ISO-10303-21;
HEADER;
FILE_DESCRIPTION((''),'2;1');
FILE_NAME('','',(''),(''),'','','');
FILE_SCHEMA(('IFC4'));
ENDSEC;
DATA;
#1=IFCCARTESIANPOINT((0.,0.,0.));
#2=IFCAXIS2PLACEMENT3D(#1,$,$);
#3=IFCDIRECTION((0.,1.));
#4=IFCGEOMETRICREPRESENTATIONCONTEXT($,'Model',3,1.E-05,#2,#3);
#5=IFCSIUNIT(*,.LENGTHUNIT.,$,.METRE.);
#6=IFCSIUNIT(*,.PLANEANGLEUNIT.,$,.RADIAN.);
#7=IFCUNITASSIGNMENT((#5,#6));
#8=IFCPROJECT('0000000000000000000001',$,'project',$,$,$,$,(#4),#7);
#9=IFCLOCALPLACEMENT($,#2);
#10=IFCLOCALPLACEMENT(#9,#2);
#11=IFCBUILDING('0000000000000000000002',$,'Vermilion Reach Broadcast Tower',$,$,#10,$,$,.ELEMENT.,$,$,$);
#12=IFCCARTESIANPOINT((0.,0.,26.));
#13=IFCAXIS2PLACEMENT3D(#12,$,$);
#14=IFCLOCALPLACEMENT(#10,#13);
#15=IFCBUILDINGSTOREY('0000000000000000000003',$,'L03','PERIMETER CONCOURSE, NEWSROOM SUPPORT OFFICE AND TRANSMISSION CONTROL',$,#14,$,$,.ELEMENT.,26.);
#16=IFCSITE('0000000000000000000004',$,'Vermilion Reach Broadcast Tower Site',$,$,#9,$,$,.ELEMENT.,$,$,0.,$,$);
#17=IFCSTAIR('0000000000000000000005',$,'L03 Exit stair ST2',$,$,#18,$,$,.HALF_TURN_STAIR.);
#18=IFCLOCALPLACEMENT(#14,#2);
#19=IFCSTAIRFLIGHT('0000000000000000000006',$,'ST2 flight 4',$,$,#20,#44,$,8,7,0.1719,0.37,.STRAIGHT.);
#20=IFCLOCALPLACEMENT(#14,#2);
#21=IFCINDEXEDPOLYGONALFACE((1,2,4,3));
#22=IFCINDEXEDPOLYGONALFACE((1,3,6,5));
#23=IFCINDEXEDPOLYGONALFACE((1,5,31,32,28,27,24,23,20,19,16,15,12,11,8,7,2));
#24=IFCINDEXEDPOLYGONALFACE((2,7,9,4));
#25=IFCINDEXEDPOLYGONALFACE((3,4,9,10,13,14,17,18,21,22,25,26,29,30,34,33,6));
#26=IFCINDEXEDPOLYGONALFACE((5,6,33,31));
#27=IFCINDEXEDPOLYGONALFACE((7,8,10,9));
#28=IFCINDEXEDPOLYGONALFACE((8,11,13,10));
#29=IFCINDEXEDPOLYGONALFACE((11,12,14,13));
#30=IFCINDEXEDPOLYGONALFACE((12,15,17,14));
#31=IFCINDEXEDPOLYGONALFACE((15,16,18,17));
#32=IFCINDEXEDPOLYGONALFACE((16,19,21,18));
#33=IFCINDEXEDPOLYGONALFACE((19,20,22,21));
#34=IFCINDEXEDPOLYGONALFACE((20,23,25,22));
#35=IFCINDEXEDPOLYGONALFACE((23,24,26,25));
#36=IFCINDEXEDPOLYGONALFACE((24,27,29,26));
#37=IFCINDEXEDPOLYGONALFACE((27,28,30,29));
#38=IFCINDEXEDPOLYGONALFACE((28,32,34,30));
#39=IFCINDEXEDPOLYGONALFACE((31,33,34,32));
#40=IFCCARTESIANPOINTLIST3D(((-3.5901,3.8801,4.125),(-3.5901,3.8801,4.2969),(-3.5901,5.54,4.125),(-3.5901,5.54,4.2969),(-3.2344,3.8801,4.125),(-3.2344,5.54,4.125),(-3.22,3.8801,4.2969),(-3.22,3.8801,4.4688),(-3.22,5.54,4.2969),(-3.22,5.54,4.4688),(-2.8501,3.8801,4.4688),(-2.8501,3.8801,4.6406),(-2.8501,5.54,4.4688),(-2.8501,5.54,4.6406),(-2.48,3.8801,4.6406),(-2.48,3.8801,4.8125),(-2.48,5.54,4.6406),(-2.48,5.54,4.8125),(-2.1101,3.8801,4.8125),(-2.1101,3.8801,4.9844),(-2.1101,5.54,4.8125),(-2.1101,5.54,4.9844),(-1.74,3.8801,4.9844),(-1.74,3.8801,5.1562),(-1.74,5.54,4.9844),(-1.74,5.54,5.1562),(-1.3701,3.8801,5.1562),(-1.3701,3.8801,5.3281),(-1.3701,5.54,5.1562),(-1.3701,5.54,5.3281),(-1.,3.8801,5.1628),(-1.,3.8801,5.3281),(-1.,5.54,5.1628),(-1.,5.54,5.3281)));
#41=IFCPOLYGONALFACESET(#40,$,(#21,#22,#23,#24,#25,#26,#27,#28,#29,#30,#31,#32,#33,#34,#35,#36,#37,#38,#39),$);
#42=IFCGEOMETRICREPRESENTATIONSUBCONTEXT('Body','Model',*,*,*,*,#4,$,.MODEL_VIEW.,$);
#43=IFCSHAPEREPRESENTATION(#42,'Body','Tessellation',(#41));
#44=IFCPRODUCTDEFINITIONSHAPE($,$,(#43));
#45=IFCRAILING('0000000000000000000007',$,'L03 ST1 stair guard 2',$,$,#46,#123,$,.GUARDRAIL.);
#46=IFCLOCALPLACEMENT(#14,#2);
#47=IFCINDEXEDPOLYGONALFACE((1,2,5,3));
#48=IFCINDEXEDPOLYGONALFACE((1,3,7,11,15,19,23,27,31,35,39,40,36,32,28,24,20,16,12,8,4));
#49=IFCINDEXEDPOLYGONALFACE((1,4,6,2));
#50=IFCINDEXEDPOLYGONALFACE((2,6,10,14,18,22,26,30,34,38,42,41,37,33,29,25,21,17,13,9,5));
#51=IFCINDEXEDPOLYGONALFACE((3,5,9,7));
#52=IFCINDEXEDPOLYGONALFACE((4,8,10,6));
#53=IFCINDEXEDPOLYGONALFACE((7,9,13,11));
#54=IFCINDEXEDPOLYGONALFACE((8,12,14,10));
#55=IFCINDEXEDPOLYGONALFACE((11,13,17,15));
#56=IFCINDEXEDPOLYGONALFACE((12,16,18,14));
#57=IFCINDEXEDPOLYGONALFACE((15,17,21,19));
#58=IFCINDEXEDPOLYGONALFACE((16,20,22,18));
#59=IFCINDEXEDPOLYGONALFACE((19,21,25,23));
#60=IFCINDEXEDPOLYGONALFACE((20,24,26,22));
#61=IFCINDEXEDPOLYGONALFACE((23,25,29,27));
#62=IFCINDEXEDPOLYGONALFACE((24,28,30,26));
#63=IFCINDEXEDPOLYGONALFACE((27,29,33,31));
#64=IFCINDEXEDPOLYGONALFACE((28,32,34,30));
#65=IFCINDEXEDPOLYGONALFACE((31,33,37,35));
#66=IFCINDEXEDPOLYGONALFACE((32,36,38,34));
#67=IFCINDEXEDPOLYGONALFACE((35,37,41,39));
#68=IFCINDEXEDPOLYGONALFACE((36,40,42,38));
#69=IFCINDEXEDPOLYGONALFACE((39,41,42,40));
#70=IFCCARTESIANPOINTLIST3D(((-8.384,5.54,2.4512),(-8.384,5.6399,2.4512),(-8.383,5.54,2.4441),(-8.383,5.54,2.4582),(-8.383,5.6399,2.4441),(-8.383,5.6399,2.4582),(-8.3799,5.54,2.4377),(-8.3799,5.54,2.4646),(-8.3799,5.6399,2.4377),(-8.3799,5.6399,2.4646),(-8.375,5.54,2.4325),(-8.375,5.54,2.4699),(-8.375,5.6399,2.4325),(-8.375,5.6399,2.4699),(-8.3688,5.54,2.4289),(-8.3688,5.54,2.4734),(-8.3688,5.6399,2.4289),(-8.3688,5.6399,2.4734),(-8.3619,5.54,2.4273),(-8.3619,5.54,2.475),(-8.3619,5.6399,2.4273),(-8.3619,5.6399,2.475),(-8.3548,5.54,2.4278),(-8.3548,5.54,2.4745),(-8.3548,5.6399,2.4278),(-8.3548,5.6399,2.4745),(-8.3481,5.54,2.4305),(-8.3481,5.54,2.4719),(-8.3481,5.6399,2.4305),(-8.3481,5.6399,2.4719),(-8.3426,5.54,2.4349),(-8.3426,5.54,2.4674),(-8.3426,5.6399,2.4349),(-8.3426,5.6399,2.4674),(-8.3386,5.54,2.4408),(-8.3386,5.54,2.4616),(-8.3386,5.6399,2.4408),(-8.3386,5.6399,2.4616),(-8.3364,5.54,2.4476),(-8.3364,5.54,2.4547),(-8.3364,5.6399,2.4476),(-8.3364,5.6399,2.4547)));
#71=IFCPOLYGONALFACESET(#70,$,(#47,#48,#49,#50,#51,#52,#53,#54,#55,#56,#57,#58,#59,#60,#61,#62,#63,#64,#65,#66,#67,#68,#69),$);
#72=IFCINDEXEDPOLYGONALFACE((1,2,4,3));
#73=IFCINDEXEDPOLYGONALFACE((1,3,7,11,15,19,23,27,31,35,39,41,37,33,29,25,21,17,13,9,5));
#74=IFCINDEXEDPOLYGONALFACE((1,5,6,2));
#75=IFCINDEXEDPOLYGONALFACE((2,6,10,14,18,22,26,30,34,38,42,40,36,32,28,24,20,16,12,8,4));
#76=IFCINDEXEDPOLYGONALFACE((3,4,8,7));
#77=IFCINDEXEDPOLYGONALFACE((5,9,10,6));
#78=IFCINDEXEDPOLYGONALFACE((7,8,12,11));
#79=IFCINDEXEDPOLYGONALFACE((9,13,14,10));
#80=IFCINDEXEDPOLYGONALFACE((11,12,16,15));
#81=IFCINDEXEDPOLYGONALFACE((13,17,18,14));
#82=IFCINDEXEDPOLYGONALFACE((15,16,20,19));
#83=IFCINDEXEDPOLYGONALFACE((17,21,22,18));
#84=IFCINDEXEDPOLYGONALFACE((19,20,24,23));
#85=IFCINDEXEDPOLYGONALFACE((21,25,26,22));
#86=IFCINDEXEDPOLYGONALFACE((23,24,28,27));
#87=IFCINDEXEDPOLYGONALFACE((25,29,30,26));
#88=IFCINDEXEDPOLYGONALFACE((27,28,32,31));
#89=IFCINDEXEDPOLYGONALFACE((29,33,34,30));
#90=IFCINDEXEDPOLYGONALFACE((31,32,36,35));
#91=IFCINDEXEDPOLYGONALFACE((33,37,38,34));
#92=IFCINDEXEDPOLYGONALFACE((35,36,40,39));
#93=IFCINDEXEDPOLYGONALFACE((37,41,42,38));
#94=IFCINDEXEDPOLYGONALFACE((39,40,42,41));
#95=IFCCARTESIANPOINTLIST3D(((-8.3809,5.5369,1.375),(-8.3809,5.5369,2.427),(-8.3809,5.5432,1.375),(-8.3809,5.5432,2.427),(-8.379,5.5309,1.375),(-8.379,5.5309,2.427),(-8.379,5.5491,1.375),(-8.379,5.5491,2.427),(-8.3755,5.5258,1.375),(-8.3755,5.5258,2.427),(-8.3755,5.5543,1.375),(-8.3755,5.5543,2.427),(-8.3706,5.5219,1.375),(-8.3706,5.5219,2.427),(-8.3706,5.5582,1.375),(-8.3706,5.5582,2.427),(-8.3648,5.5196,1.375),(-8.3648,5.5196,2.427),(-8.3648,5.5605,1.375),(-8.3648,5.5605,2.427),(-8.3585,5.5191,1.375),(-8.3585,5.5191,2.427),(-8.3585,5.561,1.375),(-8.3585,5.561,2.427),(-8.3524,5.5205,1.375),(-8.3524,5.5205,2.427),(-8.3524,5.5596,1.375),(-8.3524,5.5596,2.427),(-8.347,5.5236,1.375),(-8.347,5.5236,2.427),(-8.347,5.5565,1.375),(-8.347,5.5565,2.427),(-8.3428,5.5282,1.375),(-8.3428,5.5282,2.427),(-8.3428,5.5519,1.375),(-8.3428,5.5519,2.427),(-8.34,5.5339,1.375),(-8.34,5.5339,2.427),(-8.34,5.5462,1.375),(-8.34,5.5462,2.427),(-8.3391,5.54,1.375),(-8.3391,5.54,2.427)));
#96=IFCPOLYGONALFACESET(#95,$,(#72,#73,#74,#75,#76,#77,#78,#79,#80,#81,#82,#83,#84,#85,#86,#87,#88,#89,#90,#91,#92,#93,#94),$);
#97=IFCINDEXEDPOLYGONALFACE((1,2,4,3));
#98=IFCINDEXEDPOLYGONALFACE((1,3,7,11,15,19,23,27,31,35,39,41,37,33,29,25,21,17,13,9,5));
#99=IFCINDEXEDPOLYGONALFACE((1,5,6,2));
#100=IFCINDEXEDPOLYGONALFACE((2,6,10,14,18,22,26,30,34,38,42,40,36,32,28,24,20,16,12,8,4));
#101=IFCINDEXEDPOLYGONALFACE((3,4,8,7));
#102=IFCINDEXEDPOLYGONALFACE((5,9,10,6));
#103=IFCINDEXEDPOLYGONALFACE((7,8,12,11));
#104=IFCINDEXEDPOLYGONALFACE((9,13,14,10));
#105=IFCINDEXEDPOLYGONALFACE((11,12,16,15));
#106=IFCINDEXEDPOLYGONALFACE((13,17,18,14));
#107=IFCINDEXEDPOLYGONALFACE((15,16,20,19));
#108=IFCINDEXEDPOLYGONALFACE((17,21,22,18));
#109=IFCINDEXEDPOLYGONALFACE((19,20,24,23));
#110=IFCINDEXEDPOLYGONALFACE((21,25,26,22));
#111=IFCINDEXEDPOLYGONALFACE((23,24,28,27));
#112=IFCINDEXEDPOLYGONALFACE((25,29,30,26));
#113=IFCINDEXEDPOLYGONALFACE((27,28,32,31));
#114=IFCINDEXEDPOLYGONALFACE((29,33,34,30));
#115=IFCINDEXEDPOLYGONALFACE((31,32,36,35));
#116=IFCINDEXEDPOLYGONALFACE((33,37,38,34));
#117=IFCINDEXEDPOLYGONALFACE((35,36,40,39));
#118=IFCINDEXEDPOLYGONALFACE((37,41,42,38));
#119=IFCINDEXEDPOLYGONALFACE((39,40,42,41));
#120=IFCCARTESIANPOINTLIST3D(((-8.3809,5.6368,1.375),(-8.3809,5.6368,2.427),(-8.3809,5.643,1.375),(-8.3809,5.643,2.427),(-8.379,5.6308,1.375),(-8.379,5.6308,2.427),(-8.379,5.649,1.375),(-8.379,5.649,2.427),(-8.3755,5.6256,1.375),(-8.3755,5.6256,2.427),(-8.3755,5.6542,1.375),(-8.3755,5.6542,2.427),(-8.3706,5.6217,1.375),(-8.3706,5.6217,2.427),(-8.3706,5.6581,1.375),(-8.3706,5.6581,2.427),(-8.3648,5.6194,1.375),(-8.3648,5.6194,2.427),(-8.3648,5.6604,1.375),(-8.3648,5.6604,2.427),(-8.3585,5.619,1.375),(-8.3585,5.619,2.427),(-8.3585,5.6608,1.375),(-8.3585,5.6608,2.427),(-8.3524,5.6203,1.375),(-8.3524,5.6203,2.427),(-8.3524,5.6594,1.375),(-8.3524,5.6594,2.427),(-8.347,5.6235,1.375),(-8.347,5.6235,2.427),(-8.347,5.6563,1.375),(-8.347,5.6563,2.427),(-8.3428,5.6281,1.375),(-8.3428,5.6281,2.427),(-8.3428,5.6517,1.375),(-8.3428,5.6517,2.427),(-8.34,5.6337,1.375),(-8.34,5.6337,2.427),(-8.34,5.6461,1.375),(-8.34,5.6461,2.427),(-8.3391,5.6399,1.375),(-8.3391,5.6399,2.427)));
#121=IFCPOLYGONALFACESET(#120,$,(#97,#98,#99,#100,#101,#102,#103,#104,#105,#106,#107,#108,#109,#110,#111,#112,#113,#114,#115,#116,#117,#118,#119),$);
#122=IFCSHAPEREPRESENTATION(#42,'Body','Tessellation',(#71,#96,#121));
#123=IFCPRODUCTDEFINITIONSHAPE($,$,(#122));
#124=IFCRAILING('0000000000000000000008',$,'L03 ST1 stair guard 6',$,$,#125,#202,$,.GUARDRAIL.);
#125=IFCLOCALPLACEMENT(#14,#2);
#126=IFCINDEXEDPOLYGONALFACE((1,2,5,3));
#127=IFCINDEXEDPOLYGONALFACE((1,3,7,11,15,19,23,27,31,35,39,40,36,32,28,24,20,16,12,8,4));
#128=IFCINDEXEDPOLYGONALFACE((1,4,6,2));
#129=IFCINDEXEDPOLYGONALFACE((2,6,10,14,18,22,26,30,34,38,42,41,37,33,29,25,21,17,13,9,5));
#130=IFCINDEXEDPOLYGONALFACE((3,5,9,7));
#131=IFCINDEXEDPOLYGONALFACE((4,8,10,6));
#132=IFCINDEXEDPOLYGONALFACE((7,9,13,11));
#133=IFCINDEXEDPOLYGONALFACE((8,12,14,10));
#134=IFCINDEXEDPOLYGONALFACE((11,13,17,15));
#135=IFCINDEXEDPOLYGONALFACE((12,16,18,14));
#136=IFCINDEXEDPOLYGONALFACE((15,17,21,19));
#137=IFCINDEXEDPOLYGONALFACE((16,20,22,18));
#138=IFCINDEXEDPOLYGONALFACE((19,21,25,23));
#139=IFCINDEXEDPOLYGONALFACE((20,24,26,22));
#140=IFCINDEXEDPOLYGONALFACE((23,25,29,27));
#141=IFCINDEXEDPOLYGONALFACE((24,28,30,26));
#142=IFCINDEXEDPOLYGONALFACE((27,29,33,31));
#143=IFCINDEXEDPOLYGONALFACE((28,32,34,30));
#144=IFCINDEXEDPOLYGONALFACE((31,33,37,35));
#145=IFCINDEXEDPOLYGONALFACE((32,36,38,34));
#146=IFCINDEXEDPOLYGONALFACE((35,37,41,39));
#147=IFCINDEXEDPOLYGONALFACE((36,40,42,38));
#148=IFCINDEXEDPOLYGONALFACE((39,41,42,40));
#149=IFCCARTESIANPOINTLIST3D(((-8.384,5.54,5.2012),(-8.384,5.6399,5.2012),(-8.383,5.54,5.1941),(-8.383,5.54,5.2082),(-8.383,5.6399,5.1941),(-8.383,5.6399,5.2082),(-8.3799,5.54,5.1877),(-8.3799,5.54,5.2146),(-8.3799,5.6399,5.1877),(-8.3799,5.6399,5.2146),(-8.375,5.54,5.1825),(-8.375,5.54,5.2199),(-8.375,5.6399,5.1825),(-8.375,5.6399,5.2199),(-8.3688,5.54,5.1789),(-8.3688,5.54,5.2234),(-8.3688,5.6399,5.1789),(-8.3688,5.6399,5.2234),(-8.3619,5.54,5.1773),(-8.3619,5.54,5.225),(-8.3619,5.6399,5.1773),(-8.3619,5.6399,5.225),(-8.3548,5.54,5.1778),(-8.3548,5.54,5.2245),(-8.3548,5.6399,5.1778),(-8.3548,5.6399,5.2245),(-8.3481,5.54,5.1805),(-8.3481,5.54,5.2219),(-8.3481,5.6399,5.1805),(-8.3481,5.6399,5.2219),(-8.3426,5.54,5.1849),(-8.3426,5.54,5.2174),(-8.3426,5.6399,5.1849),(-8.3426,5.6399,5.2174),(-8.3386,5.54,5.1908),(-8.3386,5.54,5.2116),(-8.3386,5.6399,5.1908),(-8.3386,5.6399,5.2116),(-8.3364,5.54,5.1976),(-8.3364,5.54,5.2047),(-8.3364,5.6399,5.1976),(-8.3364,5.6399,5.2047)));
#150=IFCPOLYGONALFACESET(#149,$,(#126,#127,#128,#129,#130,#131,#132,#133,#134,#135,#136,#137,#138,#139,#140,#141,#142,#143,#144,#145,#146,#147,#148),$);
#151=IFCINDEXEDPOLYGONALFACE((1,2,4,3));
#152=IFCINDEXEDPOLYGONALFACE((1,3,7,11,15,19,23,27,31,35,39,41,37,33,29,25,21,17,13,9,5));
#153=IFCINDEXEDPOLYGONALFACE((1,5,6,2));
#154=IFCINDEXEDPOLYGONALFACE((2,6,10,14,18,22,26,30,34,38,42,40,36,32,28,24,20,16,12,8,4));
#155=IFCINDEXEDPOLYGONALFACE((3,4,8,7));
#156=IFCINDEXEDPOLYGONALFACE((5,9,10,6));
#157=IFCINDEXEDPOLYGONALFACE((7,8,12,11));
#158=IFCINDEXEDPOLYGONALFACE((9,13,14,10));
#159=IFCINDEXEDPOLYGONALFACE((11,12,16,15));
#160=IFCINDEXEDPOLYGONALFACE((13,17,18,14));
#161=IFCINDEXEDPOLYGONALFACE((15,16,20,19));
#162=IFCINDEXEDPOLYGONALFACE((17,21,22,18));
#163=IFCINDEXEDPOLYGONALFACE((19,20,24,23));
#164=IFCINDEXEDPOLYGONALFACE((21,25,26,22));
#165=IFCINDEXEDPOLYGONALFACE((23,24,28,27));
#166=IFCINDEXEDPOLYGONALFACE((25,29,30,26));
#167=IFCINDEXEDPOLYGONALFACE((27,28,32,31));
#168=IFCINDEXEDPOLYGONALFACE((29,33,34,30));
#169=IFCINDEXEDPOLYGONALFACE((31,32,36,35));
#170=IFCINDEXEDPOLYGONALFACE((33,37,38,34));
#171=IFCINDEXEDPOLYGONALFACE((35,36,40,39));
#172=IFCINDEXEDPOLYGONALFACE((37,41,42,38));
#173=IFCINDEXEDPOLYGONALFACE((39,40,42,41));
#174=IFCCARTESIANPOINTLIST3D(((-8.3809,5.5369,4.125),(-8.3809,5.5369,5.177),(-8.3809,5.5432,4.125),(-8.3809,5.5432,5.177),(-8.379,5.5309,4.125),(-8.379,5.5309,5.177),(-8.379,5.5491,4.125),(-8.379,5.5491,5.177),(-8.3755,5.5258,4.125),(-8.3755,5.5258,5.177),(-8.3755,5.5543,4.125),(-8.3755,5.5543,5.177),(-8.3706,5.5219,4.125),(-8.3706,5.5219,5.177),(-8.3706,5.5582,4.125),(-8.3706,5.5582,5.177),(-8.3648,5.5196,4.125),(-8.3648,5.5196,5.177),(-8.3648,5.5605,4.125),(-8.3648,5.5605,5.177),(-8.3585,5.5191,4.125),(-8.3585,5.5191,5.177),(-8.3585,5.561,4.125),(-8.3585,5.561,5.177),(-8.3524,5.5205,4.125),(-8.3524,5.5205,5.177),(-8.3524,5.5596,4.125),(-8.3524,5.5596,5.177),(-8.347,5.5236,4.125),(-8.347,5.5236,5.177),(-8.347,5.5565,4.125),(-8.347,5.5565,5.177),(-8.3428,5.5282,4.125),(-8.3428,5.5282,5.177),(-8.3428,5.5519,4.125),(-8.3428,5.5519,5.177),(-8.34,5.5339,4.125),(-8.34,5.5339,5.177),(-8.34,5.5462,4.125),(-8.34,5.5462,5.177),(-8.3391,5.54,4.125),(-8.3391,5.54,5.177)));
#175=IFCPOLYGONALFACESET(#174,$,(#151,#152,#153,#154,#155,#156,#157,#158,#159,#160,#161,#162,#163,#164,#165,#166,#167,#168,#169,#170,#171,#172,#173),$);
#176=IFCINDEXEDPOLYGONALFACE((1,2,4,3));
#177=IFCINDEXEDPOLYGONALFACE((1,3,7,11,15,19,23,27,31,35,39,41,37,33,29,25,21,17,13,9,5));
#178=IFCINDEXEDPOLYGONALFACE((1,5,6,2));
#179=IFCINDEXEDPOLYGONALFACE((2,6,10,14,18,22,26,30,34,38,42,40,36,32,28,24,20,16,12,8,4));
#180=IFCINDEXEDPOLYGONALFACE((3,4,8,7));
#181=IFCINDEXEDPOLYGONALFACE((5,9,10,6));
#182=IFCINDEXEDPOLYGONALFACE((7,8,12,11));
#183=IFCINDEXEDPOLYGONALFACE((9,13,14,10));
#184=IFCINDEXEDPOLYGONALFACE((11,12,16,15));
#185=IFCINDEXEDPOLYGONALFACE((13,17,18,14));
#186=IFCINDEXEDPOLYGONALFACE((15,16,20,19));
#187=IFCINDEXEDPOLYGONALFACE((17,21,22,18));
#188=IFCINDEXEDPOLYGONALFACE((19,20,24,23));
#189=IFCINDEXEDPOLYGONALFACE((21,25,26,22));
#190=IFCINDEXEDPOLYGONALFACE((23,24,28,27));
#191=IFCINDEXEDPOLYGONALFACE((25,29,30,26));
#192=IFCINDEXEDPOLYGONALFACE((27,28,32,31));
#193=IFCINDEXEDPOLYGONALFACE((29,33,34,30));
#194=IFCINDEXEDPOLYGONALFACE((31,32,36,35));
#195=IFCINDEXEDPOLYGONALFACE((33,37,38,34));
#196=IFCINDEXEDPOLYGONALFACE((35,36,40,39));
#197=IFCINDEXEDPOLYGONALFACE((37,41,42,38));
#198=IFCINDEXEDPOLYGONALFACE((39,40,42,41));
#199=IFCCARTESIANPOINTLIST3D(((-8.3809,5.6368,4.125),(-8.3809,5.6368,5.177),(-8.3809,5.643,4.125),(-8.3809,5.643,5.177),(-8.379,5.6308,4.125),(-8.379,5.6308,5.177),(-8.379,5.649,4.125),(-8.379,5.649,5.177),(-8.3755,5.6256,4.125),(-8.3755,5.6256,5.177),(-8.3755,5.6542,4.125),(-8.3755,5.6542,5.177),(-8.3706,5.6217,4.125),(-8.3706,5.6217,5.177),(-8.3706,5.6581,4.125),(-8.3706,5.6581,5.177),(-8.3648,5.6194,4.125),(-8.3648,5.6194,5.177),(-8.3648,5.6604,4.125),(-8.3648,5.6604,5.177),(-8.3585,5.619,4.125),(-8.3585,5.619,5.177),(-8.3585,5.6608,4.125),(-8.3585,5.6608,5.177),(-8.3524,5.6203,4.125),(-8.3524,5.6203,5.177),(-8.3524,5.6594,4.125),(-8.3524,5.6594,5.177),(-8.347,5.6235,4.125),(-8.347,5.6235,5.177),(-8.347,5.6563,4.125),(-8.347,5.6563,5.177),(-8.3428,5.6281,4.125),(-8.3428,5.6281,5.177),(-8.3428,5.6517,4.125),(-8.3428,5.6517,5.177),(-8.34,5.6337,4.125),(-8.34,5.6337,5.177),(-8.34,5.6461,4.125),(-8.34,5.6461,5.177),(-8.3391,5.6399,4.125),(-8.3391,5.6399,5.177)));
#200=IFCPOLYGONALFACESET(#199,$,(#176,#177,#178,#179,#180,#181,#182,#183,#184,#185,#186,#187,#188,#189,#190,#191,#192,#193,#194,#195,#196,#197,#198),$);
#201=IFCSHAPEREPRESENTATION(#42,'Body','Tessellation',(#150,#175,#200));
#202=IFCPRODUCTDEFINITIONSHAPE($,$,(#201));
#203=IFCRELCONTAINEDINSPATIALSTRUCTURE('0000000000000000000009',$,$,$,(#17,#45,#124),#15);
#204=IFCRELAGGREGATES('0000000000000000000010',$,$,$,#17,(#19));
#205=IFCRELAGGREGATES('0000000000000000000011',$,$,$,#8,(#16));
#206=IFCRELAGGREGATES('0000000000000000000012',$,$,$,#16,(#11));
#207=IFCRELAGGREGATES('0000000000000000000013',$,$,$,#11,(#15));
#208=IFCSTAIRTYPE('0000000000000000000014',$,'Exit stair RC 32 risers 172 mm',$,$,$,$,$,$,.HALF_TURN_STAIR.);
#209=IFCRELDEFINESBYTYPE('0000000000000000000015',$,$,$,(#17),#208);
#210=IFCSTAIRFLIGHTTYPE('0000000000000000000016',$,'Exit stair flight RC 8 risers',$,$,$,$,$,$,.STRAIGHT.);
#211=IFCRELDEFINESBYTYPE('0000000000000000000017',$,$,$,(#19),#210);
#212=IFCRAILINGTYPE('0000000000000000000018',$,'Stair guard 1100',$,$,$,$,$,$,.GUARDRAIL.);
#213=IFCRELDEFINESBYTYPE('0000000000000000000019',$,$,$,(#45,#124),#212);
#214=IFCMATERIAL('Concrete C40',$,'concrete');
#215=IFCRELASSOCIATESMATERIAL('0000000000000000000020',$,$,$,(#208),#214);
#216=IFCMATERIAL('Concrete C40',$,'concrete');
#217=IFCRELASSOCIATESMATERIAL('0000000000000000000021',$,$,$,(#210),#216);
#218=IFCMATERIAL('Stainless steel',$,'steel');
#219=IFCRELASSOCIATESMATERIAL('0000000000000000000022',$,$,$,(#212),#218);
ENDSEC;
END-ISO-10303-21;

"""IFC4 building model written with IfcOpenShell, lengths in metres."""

from ifc_helpers import new_model, si_unit, direction, frame, origin, origin_2d, place, context, subcontext, project, spatial, polyline, circle, outline, extrude, material, type_object, element, aggregate, save


model = new_model("IFC4")

# Units and contexts
model_context = context("Model", 3, precision=1e-05, world=origin(), true_north=direction((0.0, 1.0)))
body_context = subcontext(model_context, "Body", "Model", "MODEL_VIEW")
ifc_project = project(units=[si_unit("LENGTHUNIT", "METRE"), si_unit("PLANEANGLEUNIT", "RADIAN")], contexts=[model_context])

# Site, building, storey
site_placement = place(None, origin())
site = spatial("IfcSite", under=ifc_project, at=site_placement, Name="Vermilion Reach Broadcast Tower Site", CompositionType="ELEMENT", RefElevation=0.0)
building_placement = place(site_placement, origin())
building = spatial("IfcBuilding", under=site, at=building_placement, Name="Vermilion Reach Broadcast Tower", CompositionType="ELEMENT")
storey_placement = place(building_placement, frame((0.0, 0.0, 26.0)))
storey = spatial("IfcBuildingStorey", under=building, at=storey_placement, Name="L03", Description="PERIMETER CONCOURSE, NEWSROOM SUPPORT OFFICE AND TRANSMISSION CONTROL", CompositionType="ELEMENT", Elevation=26.0)

# Shared definitions
ifc_material_1 = material(Name="Concrete C40", Category="concrete")
stair_type = type_object("IfcStairType", Name="Exit stair RC 32 risers 172 mm", PredefinedType="HALF_TURN_STAIR", material=ifc_material_1)
placement = place(storey_placement, origin())
ifc_material_2 = material(Name="Concrete C40", Category="concrete")
stair_flight_type = type_object("IfcStairFlightType", Name="Exit stair flight RC 8 risers", PredefinedType="STRAIGHT", material=ifc_material_2)

# Stair, stair flight
stair_1 = element("IfcStair", 1, at=placement, inside=storey, type_object=stair_type, Name="L03 Exit stair ST2", PredefinedType="HALF_TURN_STAIR")
stair_flight_1_placement = place(storey_placement, frame((-3.5901, 4.71, 4.125), z_axis=(0.0, 0.0, 1.0), x_axis=(1.0, 0.0, 0.0)))
stair_flight_1 = element("IfcStairFlight", 2, at=stair_flight_1_placement, type_object=stair_flight_type, Name="ST2 flight 4", NumberOfRisers=8, NumberOfTreads=7, PredefinedType="STRAIGHT", RiserHeight=0.1719, TreadLength=0.37, context=body_context, shape_type="SweptSolid", body=[
    extrude(outline(polyline([(0.0, 0.0), (0.0, 0.1719), (0.3701, 0.1719), (0.3701, 0.3438), (0.74, 0.3438), (0.74, 0.5156), (1.1101, 0.5156), (1.1101, 0.6875), (1.48, 0.6875), (1.48, 0.8594), (1.8501, 0.8594), (1.8501, 1.0312), (2.22, 1.0312), (2.22, 1.2031), (2.5901, 1.2031), (2.5901, 1.375), (2.5901, 1.0378), (0.3557, 0.0), (0.0, 0.0)])), frame((0.0, 0.8301, 0.0), z_axis=(0.0, -1.0, 0.0), x_axis=(1.0, 0.0, 0.0)), (0.0, 0.0, 1.0), 1.6599),
])
aggregate(stair_1, [stair_flight_1])

# Railings
ifc_material_3 = material(Name="Stainless steel", Category="steel")
railing_type_1 = type_object("IfcRailingType", Name="Stair guard 1100", PredefinedType="GUARDRAIL", material=ifc_material_3)
for number, where, name in (
    (3, (-8.3601, 5.54, 1.375), "L03 ST1 stair guard 2"),
    (4, (-8.3601, 5.54, 4.125), "L03 ST1 stair guard 6"),
):
    element("IfcRailing", number, at=place(storey_placement, frame(where)), inside=storey, type_object=railing_type_1, Name=name, PredefinedType="GUARDRAIL", context=body_context, shape_type="SweptSolid", body=[
        extrude(circle(Radius=0.0239, at=origin_2d()), frame((0.0, 0.0, 1.0762), z_axis=(0.0, 1.0, 0.0), x_axis=(-1.0, 0.0, 0.0)), (0.0, 0.0, 1.0), 0.0999),
        extrude(circle(Radius=0.021, at=origin_2d()), origin(), (0.0, 0.0, 1.0), 1.052),
        extrude(circle(Radius=0.021, at=origin_2d()), frame((0.0, 0.0999, 0.0)), (0.0, 0.0, 1.0), 1.052),
    ])

save(model, "model.ifc")
